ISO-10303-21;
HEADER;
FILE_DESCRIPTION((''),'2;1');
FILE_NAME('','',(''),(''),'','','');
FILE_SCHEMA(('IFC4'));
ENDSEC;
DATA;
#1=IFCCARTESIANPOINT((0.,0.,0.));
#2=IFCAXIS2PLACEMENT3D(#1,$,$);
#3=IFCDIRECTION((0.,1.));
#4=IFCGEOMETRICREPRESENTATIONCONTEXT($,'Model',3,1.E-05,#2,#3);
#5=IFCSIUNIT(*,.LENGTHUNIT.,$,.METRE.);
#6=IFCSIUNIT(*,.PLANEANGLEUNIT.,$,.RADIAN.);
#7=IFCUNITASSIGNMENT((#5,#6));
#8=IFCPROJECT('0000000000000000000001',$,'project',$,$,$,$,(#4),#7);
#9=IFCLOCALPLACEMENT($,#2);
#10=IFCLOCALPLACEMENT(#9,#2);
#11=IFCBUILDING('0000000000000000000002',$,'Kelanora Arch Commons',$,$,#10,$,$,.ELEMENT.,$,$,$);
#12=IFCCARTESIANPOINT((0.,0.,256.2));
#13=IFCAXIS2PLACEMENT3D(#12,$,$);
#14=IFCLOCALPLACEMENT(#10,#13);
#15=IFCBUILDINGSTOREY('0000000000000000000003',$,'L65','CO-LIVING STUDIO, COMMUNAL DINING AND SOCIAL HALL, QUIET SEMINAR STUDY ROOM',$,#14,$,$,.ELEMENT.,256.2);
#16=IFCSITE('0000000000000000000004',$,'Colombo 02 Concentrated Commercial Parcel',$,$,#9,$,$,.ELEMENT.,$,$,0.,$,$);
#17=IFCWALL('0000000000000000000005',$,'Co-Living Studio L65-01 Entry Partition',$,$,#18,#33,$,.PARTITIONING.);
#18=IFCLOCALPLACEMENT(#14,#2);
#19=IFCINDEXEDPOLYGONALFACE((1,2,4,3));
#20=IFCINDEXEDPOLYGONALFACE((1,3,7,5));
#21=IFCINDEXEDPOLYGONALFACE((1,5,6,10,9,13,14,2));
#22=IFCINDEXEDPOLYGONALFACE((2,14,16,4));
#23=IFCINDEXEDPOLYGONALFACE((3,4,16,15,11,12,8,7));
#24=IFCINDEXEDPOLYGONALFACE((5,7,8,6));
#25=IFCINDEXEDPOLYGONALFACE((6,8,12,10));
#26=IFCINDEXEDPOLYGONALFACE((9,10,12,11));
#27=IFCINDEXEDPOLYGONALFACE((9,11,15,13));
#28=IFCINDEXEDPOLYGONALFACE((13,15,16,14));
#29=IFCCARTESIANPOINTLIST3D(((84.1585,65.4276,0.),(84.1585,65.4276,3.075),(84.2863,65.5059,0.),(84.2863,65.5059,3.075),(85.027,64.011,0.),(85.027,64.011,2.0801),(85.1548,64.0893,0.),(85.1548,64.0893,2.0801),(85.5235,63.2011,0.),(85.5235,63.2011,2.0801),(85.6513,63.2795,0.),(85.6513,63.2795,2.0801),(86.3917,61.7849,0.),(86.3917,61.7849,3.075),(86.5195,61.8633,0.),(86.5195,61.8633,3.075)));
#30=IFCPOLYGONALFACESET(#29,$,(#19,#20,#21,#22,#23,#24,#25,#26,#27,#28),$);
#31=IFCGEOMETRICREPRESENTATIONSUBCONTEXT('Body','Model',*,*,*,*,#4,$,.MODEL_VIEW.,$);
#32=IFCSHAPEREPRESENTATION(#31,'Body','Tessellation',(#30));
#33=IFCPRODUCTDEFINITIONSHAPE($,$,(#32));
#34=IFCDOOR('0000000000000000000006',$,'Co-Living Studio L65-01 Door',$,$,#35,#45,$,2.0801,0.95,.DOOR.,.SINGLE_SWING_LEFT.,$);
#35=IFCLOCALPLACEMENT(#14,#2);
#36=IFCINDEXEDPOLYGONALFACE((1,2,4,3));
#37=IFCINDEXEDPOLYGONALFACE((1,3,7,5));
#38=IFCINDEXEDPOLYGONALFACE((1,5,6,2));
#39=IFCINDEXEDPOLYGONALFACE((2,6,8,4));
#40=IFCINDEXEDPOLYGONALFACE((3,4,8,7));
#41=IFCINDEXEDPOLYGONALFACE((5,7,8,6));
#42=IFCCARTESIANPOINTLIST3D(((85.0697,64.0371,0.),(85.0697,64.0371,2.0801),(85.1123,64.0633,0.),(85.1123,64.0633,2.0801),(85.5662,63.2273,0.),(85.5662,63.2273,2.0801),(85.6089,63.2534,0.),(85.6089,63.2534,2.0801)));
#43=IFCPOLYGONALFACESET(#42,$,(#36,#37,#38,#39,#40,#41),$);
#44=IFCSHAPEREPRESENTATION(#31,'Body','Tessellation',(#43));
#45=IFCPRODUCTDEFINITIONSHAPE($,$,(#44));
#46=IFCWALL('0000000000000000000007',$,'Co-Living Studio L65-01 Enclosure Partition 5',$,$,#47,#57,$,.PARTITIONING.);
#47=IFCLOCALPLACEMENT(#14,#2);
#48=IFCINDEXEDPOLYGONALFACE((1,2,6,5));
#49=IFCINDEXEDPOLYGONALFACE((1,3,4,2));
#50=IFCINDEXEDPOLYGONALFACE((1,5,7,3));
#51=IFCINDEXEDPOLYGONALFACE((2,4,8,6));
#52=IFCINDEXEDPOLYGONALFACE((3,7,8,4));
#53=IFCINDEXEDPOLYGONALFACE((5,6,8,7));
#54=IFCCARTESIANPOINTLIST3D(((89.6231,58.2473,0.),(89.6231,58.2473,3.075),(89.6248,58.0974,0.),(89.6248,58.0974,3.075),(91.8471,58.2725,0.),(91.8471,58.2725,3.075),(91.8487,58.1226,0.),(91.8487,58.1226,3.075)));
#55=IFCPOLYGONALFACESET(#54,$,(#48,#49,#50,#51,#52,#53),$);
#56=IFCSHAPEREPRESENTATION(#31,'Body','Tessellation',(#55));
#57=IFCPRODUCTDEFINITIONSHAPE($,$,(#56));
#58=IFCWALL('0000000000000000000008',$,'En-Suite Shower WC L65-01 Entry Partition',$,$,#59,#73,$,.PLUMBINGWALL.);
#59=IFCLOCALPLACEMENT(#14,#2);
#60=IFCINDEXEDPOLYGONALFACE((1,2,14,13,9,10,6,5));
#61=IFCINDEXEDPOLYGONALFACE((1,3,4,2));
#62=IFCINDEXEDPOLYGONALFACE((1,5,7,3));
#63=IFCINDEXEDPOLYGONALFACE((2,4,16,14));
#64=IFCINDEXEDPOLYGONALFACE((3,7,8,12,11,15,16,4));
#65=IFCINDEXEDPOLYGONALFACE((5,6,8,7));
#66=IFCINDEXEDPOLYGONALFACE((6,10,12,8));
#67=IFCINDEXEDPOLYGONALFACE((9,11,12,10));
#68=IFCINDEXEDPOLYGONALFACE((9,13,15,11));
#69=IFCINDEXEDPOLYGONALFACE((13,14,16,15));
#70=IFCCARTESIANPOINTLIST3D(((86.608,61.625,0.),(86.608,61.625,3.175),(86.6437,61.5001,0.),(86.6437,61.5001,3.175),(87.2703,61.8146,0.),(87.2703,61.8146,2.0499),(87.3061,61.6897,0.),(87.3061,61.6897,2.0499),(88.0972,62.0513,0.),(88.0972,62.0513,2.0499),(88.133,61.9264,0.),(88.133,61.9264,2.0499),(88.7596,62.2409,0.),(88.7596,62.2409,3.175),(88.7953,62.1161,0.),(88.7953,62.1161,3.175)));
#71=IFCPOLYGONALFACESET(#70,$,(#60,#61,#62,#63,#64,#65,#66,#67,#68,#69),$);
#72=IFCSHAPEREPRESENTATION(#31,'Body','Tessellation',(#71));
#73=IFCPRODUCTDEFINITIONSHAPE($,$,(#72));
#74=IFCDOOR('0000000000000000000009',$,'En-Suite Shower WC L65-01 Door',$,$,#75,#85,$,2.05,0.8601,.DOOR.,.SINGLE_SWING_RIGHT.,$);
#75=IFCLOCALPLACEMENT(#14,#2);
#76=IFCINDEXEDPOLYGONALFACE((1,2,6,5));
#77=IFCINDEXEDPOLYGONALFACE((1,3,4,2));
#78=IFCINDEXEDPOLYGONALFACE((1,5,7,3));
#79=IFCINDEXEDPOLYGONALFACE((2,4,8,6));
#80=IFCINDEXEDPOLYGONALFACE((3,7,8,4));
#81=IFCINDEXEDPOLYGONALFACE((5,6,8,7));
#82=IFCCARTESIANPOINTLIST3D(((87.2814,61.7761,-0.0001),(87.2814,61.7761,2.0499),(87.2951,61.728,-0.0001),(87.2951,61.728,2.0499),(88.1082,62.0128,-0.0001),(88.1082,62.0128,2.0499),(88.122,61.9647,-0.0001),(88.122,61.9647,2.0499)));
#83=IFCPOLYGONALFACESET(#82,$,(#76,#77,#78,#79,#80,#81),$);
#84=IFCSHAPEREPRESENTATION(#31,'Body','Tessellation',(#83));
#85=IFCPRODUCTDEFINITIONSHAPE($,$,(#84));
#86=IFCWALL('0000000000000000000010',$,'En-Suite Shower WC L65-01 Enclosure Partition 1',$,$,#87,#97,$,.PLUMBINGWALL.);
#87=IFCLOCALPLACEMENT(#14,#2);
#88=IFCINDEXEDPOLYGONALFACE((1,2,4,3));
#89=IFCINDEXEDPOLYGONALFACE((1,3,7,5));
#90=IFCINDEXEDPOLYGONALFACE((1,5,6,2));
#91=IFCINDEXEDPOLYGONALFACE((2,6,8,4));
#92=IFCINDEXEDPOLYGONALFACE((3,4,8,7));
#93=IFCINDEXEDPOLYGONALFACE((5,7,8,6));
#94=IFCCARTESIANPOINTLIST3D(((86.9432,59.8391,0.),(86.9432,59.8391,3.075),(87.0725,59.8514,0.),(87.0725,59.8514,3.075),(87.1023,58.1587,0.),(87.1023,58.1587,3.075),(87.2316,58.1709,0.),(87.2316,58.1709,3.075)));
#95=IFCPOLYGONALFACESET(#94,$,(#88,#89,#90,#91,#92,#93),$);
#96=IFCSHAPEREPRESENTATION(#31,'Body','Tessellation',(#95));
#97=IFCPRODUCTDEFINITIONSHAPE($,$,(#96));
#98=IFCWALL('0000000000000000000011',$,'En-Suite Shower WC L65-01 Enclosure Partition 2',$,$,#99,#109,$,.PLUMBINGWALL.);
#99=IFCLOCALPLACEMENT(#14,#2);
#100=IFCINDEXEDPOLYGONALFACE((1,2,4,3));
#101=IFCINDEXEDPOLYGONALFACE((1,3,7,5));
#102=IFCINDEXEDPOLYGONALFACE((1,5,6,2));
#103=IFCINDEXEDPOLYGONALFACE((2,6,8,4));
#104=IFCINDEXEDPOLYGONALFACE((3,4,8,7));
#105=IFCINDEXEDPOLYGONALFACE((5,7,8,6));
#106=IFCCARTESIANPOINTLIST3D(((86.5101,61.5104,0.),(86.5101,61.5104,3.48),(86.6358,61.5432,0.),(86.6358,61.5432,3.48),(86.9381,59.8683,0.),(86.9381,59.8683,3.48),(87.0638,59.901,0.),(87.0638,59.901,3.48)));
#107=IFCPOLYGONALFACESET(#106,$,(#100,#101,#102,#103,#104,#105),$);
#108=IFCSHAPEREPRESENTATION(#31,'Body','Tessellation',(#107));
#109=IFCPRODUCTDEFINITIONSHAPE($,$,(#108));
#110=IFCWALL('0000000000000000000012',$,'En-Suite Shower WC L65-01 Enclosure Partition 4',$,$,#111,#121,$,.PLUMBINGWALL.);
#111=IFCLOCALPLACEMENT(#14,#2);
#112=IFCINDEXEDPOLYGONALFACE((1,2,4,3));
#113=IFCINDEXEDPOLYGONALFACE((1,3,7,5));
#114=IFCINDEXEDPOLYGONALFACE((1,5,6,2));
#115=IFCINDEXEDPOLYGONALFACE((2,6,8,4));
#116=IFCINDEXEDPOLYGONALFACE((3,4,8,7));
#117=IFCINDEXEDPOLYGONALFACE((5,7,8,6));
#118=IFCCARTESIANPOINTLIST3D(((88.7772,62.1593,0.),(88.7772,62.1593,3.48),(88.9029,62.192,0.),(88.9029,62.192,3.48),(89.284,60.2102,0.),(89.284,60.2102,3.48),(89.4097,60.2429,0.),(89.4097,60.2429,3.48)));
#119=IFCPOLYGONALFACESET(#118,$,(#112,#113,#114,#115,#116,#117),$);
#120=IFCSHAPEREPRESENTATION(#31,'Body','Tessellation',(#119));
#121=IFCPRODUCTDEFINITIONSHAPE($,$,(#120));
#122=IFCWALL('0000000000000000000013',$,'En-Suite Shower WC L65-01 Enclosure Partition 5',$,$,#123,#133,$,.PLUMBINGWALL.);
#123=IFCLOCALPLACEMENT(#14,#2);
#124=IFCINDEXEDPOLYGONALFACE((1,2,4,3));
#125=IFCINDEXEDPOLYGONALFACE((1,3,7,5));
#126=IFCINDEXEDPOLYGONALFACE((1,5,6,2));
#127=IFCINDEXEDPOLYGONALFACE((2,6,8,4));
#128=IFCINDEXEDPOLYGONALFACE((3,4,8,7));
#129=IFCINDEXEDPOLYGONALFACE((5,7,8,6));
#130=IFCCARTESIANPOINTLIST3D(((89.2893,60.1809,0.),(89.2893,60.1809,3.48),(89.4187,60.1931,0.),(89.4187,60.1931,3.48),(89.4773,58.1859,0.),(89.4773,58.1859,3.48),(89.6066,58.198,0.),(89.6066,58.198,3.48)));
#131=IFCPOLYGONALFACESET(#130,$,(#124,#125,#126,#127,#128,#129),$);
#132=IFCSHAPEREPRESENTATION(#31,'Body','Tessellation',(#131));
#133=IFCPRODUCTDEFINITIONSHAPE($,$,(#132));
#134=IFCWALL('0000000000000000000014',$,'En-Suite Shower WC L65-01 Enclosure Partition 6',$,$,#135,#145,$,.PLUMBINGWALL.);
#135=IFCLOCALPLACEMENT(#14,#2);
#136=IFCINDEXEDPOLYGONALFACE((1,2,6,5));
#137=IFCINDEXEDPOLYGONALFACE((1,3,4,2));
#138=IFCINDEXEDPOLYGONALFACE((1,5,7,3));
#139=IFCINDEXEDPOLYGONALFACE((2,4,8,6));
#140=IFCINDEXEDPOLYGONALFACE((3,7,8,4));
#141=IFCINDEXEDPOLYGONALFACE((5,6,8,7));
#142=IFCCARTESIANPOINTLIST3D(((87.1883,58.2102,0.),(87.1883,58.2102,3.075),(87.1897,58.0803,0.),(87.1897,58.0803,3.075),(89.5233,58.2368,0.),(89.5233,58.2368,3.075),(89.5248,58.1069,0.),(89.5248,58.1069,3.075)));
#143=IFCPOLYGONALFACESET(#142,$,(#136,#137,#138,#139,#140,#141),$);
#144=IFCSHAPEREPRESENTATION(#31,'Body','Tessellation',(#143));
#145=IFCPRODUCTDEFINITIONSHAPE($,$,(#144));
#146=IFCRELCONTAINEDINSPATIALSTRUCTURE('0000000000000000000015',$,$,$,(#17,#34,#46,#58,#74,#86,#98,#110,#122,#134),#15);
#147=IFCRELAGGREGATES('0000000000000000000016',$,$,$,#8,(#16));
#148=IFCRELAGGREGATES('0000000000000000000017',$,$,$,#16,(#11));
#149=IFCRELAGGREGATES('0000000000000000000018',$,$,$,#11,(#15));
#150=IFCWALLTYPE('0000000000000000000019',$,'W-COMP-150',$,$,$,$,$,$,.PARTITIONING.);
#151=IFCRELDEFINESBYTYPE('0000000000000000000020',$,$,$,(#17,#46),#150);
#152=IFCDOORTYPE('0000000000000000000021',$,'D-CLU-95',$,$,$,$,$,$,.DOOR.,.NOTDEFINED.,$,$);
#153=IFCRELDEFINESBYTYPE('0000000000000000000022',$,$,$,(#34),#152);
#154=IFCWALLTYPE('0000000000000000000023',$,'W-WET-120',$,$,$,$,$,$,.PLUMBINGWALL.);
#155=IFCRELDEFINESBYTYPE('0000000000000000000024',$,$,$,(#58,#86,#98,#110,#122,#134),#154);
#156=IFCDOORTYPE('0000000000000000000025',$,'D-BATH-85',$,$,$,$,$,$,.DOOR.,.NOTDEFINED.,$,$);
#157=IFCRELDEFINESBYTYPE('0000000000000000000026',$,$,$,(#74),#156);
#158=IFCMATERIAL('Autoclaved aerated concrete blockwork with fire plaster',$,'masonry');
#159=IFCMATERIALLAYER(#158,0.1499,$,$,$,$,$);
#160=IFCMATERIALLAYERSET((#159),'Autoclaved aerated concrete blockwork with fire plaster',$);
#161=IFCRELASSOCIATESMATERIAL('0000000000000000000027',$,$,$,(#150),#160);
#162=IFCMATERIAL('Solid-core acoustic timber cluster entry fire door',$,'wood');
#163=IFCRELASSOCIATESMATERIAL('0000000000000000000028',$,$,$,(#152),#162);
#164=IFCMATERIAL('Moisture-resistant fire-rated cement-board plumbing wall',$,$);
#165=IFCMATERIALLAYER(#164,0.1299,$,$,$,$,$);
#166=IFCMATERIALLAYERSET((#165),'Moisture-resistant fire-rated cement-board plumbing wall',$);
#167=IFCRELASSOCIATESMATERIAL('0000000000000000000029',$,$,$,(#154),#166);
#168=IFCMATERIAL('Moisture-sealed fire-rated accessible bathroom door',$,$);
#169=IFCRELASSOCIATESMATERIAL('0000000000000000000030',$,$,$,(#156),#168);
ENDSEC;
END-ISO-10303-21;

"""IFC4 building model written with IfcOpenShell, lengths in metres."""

from ifc_helpers import new_model, si_unit, direction, frame, frame_2d, origin, place, context, subcontext, project, spatial, rectangle, extrude, material, layer, layer_set, type_object, element, fill, save


model = new_model("IFC4")

# Units and contexts
model_context = context("Model", 3, precision=1e-05, world=origin(), true_north=direction((0.0, 1.0)))
body_context = subcontext(model_context, "Body", "Model", "MODEL_VIEW")
ifc_project = project(units=[si_unit("LENGTHUNIT", "METRE"), si_unit("PLANEANGLEUNIT", "RADIAN")], contexts=[model_context])

# Site, building, storey
site_placement = place(None, origin())
site = spatial("IfcSite", under=ifc_project, at=site_placement, Name="Colombo 02 Concentrated Commercial Parcel", CompositionType="ELEMENT", RefElevation=0.0)
building_placement = place(site_placement, origin())
building = spatial("IfcBuilding", under=site, at=building_placement, Name="Kelanora Arch Commons", CompositionType="ELEMENT")
storey_placement = place(building_placement, frame((0.0, 0.0, 256.2)))
storey = spatial("IfcBuildingStorey", under=building, at=storey_placement, Name="L65", Description="CO-LIVING STUDIO, COMMUNAL DINING AND SOCIAL HALL, QUIET SEMINAR STUDY ROOM", CompositionType="ELEMENT", Elevation=256.2)

# Wall, opening, door
ifc_material_1 = material(Name="Autoclaved aerated concrete blockwork with fire plaster", Category="masonry")
ifc_layer_1 = layer(ifc_material_1, 0.1499)
ifc_layer_set_1 = layer_set([ifc_layer_1], Name="Autoclaved aerated concrete blockwork with fire plaster")
wall_type_1 = type_object("IfcWallType", Name="W-COMP-150", PredefinedType="PARTITIONING", material=ifc_layer_set_1)
wall_1_placement = place(storey_placement, frame((86.4556, 61.8242, 0.0), z_axis=(0.0, 0.0, 1.0), x_axis=(-0.522665, 0.852538, 0.0)))
wall_1 = element("IfcWall", 1, at=wall_1_placement, inside=storey, type_object=wall_type_1, Name="Co-Living Studio L65-01 Entry Partition", PredefinedType="PARTITIONING", context=body_context, shape_type="SweptSolid", body=[
    extrude(rectangle(XDim=4.2727, YDim=0.1499, at=frame_2d((2.1362, 0.0))), origin(), (0.0, 0.0, 1.0), 3.075),
])
opening_1_placement = place(wall_1_placement, frame((1.6609, 0.0, 0.0)))
opening_1 = element("IfcOpeningElement", 2, at=opening_1_placement, cuts=wall_1, PredefinedType="OPENING", context=body_context, shape_type="SweptSolid", body=[
    extrude(rectangle(XDim=0.95, YDim=2.0801, at=frame_2d((0.4751, 1.04))), frame((0.0, 0.085, 0.0), z_axis=(0.0, -1.0, 0.0), x_axis=(1.0, 0.0, 0.0)), (0.0, 0.0, 1.0), 0.1699),
])
ifc_material_2 = material(Name="Solid-core acoustic timber cluster entry fire door", Category="wood")
door_type_1 = type_object("IfcDoorType", Name="D-CLU-95", OperationType="NOTDEFINED", PredefinedType="DOOR", material=ifc_material_2)
door_1_placement = place(opening_1_placement, origin())
door_1 = element("IfcDoor", 3, at=door_1_placement, inside=storey, type_object=door_type_1, Name="Co-Living Studio L65-01 Door", OperationType="SINGLE_SWING_LEFT", OverallHeight=2.0801, OverallWidth=0.95, PredefinedType="DOOR", context=body_context, shape_type="SweptSolid", body=[
    extrude(rectangle(XDim=0.95, YDim=2.0801, at=frame_2d((0.4751, 1.04))), frame((0.0, 0.0249, 0.0), z_axis=(0.0, -1.0, 0.0), x_axis=(1.0, 0.0, 0.0)), (0.0, 0.0, 1.0), 0.05),
])
fill(opening_1, door_1)

# Wall
wall_2_placement = place(storey_placement, frame((91.8479, 58.1975, 0.0), z_axis=(0.0, 0.0, 1.0), x_axis=(-0.999936, -0.011307, 0.0)))
element("IfcWall", 4, at=wall_2_placement, inside=storey, type_object=wall_type_1, Name="Co-Living Studio L65-01 Enclosure Partition 5", PredefinedType="PARTITIONING", context=body_context, shape_type="SweptSolid", body=[
    extrude(rectangle(XDim=2.2241, YDim=0.1499, at=frame_2d((1.1121, 0.0))), origin(), (0.0, 0.0, 1.0), 3.075),
])

# Wall, opening, door
ifc_material_3 = material(Name="Moisture-resistant fire-rated cement-board plumbing wall")
ifc_layer_2 = layer(ifc_material_3, 0.1299)
ifc_layer_set_2 = layer_set([ifc_layer_2], Name="Moisture-resistant fire-rated cement-board plumbing wall")
wall_type_2 = type_object("IfcWallType", Name="W-WET-120", PredefinedType="PLUMBINGWALL", material=ifc_layer_set_2)
wall_3_placement = place(storey_placement, frame((86.6257, 61.5625, 0.0), z_axis=(0.0, 0.0, 1.0), x_axis=(0.96138, 0.275225, 0.0)))
wall_3 = element("IfcWall", 5, at=wall_3_placement, inside=storey, type_object=wall_type_2, Name="En-Suite Shower WC L65-01 Entry Partition", PredefinedType="PLUMBINGWALL", context=body_context, shape_type="SweptSolid", body=[
    extrude(rectangle(XDim=2.238, YDim=0.1299, at=frame_2d((1.1191, 0.0))), origin(), (0.0, 0.0, 1.0), 3.175),
])
opening_2_placement = place(wall_3_placement, frame((0.689, 0.0, 0.0)))
opening_2 = element("IfcOpeningElement", 6, at=opening_2_placement, cuts=wall_3, PredefinedType="OPENING", context=body_context, shape_type="SweptSolid", body=[
    extrude(rectangle(XDim=0.8601, YDim=2.05, at=frame_2d((0.4302, 1.0249))), frame((0.0, 0.075, 0.0), z_axis=(0.0, -1.0, 0.0), x_axis=(1.0, 0.0, 0.0)), (0.0, 0.0, 1.0), 0.1499),
])
ifc_material_4 = material(Name="Moisture-sealed fire-rated accessible bathroom door")
door_type_2 = type_object("IfcDoorType", Name="D-BATH-85", OperationType="NOTDEFINED", PredefinedType="DOOR", material=ifc_material_4)
door_2_placement = place(opening_2_placement, origin())
door_2 = element("IfcDoor", 7, at=door_2_placement, inside=storey, type_object=door_type_2, Name="En-Suite Shower WC L65-01 Door", OperationType="SINGLE_SWING_RIGHT", OverallHeight=2.05, OverallWidth=0.8601, PredefinedType="DOOR", context=body_context, shape_type="SweptSolid", body=[
    extrude(rectangle(XDim=0.8601, YDim=2.05, at=frame_2d((0.4302, 1.0249))), frame((0.0, 0.0249, 0.0), z_axis=(0.0, -1.0, 0.0), x_axis=(1.0, 0.0, 0.0)), (0.0, 0.0, 1.0), 0.05),
])
fill(opening_2, door_2)

# Walls
wall_4_placement = place(storey_placement, frame((87.167, 58.1648, 0.0), z_axis=(0.0, 0.0, 1.0), x_axis=(-0.094304, 0.995543, 0.0)))
element("IfcWall", 8, at=wall_4_placement, inside=storey, type_object=wall_type_2, Name="En-Suite Shower WC L65-01 Enclosure Partition 1", PredefinedType="PLUMBINGWALL", context=body_context, shape_type="SweptSolid", body=[
    extrude(rectangle(XDim=1.688, YDim=0.1299, at=frame_2d((0.844, 0.0))), origin(), (0.0, 0.0, 1.0), 3.075),
])
wall_5_placement = place(storey_placement, frame((87.001, 59.8845, 0.0), z_axis=(0.0, 0.0, 1.0), x_axis=(-0.252205, 0.967674, 0.0)))
element("IfcWall", 9, at=wall_5_placement, inside=storey, type_object=wall_type_2, Name="En-Suite Shower WC L65-01 Enclosure Partition 2", PredefinedType="PLUMBINGWALL", context=body_context, shape_type="SweptSolid", body=[
    extrude(rectangle(XDim=1.697, YDim=0.1299, at=frame_2d((0.8486, 0.0))), origin(), (0.0, 0.0, 1.0), 3.48),
])
wall_6_placement = place(storey_placement, frame((88.8401, 62.1755, 0.0), z_axis=(0.0, 0.0, 1.0), x_axis=(0.251652, -0.967818, 0.0)))
element("IfcWall", 10, at=wall_6_placement, inside=storey, type_object=wall_type_2, Name="En-Suite Shower WC L65-01 Enclosure Partition 4", PredefinedType="PLUMBINGWALL", context=body_context, shape_type="SweptSolid", body=[
    extrude(rectangle(XDim=2.0139, YDim=0.1299, at=frame_2d((1.0068, 0.0))), origin(), (0.0, 0.0, 1.0), 3.48),
])
wall_7_placement = place(storey_placement, frame((89.354, 60.187, 0.0), z_axis=(0.0, 0.0, 1.0), x_axis=(0.093809, -0.99559, 0.0)))
element("IfcWall", 11, at=wall_7_placement, inside=storey, type_object=wall_type_2, Name="En-Suite Shower WC L65-01 Enclosure Partition 5", PredefinedType="PLUMBINGWALL", context=body_context, shape_type="SweptSolid", body=[
    extrude(rectangle(XDim=2.0039, YDim=0.1299, at=frame_2d((1.002, 0.0))), origin(), (0.0, 0.0, 1.0), 3.48),
])
wall_8_placement = place(storey_placement, frame((89.5239, 58.1719, 0.0), z_axis=(0.0, 0.0, 1.0), x_axis=(-0.999935, -0.011396, 0.0)))
element("IfcWall", 12, at=wall_8_placement, inside=storey, type_object=wall_type_2, Name="En-Suite Shower WC L65-01 Enclosure Partition 6", PredefinedType="PLUMBINGWALL", context=body_context, shape_type="SweptSolid", body=[
    extrude(rectangle(XDim=2.3352, YDim=0.1299, at=frame_2d((1.1675, 0.0))), origin(), (0.0, 0.0, 1.0), 3.075),
])

save(model, "model.ifc")
